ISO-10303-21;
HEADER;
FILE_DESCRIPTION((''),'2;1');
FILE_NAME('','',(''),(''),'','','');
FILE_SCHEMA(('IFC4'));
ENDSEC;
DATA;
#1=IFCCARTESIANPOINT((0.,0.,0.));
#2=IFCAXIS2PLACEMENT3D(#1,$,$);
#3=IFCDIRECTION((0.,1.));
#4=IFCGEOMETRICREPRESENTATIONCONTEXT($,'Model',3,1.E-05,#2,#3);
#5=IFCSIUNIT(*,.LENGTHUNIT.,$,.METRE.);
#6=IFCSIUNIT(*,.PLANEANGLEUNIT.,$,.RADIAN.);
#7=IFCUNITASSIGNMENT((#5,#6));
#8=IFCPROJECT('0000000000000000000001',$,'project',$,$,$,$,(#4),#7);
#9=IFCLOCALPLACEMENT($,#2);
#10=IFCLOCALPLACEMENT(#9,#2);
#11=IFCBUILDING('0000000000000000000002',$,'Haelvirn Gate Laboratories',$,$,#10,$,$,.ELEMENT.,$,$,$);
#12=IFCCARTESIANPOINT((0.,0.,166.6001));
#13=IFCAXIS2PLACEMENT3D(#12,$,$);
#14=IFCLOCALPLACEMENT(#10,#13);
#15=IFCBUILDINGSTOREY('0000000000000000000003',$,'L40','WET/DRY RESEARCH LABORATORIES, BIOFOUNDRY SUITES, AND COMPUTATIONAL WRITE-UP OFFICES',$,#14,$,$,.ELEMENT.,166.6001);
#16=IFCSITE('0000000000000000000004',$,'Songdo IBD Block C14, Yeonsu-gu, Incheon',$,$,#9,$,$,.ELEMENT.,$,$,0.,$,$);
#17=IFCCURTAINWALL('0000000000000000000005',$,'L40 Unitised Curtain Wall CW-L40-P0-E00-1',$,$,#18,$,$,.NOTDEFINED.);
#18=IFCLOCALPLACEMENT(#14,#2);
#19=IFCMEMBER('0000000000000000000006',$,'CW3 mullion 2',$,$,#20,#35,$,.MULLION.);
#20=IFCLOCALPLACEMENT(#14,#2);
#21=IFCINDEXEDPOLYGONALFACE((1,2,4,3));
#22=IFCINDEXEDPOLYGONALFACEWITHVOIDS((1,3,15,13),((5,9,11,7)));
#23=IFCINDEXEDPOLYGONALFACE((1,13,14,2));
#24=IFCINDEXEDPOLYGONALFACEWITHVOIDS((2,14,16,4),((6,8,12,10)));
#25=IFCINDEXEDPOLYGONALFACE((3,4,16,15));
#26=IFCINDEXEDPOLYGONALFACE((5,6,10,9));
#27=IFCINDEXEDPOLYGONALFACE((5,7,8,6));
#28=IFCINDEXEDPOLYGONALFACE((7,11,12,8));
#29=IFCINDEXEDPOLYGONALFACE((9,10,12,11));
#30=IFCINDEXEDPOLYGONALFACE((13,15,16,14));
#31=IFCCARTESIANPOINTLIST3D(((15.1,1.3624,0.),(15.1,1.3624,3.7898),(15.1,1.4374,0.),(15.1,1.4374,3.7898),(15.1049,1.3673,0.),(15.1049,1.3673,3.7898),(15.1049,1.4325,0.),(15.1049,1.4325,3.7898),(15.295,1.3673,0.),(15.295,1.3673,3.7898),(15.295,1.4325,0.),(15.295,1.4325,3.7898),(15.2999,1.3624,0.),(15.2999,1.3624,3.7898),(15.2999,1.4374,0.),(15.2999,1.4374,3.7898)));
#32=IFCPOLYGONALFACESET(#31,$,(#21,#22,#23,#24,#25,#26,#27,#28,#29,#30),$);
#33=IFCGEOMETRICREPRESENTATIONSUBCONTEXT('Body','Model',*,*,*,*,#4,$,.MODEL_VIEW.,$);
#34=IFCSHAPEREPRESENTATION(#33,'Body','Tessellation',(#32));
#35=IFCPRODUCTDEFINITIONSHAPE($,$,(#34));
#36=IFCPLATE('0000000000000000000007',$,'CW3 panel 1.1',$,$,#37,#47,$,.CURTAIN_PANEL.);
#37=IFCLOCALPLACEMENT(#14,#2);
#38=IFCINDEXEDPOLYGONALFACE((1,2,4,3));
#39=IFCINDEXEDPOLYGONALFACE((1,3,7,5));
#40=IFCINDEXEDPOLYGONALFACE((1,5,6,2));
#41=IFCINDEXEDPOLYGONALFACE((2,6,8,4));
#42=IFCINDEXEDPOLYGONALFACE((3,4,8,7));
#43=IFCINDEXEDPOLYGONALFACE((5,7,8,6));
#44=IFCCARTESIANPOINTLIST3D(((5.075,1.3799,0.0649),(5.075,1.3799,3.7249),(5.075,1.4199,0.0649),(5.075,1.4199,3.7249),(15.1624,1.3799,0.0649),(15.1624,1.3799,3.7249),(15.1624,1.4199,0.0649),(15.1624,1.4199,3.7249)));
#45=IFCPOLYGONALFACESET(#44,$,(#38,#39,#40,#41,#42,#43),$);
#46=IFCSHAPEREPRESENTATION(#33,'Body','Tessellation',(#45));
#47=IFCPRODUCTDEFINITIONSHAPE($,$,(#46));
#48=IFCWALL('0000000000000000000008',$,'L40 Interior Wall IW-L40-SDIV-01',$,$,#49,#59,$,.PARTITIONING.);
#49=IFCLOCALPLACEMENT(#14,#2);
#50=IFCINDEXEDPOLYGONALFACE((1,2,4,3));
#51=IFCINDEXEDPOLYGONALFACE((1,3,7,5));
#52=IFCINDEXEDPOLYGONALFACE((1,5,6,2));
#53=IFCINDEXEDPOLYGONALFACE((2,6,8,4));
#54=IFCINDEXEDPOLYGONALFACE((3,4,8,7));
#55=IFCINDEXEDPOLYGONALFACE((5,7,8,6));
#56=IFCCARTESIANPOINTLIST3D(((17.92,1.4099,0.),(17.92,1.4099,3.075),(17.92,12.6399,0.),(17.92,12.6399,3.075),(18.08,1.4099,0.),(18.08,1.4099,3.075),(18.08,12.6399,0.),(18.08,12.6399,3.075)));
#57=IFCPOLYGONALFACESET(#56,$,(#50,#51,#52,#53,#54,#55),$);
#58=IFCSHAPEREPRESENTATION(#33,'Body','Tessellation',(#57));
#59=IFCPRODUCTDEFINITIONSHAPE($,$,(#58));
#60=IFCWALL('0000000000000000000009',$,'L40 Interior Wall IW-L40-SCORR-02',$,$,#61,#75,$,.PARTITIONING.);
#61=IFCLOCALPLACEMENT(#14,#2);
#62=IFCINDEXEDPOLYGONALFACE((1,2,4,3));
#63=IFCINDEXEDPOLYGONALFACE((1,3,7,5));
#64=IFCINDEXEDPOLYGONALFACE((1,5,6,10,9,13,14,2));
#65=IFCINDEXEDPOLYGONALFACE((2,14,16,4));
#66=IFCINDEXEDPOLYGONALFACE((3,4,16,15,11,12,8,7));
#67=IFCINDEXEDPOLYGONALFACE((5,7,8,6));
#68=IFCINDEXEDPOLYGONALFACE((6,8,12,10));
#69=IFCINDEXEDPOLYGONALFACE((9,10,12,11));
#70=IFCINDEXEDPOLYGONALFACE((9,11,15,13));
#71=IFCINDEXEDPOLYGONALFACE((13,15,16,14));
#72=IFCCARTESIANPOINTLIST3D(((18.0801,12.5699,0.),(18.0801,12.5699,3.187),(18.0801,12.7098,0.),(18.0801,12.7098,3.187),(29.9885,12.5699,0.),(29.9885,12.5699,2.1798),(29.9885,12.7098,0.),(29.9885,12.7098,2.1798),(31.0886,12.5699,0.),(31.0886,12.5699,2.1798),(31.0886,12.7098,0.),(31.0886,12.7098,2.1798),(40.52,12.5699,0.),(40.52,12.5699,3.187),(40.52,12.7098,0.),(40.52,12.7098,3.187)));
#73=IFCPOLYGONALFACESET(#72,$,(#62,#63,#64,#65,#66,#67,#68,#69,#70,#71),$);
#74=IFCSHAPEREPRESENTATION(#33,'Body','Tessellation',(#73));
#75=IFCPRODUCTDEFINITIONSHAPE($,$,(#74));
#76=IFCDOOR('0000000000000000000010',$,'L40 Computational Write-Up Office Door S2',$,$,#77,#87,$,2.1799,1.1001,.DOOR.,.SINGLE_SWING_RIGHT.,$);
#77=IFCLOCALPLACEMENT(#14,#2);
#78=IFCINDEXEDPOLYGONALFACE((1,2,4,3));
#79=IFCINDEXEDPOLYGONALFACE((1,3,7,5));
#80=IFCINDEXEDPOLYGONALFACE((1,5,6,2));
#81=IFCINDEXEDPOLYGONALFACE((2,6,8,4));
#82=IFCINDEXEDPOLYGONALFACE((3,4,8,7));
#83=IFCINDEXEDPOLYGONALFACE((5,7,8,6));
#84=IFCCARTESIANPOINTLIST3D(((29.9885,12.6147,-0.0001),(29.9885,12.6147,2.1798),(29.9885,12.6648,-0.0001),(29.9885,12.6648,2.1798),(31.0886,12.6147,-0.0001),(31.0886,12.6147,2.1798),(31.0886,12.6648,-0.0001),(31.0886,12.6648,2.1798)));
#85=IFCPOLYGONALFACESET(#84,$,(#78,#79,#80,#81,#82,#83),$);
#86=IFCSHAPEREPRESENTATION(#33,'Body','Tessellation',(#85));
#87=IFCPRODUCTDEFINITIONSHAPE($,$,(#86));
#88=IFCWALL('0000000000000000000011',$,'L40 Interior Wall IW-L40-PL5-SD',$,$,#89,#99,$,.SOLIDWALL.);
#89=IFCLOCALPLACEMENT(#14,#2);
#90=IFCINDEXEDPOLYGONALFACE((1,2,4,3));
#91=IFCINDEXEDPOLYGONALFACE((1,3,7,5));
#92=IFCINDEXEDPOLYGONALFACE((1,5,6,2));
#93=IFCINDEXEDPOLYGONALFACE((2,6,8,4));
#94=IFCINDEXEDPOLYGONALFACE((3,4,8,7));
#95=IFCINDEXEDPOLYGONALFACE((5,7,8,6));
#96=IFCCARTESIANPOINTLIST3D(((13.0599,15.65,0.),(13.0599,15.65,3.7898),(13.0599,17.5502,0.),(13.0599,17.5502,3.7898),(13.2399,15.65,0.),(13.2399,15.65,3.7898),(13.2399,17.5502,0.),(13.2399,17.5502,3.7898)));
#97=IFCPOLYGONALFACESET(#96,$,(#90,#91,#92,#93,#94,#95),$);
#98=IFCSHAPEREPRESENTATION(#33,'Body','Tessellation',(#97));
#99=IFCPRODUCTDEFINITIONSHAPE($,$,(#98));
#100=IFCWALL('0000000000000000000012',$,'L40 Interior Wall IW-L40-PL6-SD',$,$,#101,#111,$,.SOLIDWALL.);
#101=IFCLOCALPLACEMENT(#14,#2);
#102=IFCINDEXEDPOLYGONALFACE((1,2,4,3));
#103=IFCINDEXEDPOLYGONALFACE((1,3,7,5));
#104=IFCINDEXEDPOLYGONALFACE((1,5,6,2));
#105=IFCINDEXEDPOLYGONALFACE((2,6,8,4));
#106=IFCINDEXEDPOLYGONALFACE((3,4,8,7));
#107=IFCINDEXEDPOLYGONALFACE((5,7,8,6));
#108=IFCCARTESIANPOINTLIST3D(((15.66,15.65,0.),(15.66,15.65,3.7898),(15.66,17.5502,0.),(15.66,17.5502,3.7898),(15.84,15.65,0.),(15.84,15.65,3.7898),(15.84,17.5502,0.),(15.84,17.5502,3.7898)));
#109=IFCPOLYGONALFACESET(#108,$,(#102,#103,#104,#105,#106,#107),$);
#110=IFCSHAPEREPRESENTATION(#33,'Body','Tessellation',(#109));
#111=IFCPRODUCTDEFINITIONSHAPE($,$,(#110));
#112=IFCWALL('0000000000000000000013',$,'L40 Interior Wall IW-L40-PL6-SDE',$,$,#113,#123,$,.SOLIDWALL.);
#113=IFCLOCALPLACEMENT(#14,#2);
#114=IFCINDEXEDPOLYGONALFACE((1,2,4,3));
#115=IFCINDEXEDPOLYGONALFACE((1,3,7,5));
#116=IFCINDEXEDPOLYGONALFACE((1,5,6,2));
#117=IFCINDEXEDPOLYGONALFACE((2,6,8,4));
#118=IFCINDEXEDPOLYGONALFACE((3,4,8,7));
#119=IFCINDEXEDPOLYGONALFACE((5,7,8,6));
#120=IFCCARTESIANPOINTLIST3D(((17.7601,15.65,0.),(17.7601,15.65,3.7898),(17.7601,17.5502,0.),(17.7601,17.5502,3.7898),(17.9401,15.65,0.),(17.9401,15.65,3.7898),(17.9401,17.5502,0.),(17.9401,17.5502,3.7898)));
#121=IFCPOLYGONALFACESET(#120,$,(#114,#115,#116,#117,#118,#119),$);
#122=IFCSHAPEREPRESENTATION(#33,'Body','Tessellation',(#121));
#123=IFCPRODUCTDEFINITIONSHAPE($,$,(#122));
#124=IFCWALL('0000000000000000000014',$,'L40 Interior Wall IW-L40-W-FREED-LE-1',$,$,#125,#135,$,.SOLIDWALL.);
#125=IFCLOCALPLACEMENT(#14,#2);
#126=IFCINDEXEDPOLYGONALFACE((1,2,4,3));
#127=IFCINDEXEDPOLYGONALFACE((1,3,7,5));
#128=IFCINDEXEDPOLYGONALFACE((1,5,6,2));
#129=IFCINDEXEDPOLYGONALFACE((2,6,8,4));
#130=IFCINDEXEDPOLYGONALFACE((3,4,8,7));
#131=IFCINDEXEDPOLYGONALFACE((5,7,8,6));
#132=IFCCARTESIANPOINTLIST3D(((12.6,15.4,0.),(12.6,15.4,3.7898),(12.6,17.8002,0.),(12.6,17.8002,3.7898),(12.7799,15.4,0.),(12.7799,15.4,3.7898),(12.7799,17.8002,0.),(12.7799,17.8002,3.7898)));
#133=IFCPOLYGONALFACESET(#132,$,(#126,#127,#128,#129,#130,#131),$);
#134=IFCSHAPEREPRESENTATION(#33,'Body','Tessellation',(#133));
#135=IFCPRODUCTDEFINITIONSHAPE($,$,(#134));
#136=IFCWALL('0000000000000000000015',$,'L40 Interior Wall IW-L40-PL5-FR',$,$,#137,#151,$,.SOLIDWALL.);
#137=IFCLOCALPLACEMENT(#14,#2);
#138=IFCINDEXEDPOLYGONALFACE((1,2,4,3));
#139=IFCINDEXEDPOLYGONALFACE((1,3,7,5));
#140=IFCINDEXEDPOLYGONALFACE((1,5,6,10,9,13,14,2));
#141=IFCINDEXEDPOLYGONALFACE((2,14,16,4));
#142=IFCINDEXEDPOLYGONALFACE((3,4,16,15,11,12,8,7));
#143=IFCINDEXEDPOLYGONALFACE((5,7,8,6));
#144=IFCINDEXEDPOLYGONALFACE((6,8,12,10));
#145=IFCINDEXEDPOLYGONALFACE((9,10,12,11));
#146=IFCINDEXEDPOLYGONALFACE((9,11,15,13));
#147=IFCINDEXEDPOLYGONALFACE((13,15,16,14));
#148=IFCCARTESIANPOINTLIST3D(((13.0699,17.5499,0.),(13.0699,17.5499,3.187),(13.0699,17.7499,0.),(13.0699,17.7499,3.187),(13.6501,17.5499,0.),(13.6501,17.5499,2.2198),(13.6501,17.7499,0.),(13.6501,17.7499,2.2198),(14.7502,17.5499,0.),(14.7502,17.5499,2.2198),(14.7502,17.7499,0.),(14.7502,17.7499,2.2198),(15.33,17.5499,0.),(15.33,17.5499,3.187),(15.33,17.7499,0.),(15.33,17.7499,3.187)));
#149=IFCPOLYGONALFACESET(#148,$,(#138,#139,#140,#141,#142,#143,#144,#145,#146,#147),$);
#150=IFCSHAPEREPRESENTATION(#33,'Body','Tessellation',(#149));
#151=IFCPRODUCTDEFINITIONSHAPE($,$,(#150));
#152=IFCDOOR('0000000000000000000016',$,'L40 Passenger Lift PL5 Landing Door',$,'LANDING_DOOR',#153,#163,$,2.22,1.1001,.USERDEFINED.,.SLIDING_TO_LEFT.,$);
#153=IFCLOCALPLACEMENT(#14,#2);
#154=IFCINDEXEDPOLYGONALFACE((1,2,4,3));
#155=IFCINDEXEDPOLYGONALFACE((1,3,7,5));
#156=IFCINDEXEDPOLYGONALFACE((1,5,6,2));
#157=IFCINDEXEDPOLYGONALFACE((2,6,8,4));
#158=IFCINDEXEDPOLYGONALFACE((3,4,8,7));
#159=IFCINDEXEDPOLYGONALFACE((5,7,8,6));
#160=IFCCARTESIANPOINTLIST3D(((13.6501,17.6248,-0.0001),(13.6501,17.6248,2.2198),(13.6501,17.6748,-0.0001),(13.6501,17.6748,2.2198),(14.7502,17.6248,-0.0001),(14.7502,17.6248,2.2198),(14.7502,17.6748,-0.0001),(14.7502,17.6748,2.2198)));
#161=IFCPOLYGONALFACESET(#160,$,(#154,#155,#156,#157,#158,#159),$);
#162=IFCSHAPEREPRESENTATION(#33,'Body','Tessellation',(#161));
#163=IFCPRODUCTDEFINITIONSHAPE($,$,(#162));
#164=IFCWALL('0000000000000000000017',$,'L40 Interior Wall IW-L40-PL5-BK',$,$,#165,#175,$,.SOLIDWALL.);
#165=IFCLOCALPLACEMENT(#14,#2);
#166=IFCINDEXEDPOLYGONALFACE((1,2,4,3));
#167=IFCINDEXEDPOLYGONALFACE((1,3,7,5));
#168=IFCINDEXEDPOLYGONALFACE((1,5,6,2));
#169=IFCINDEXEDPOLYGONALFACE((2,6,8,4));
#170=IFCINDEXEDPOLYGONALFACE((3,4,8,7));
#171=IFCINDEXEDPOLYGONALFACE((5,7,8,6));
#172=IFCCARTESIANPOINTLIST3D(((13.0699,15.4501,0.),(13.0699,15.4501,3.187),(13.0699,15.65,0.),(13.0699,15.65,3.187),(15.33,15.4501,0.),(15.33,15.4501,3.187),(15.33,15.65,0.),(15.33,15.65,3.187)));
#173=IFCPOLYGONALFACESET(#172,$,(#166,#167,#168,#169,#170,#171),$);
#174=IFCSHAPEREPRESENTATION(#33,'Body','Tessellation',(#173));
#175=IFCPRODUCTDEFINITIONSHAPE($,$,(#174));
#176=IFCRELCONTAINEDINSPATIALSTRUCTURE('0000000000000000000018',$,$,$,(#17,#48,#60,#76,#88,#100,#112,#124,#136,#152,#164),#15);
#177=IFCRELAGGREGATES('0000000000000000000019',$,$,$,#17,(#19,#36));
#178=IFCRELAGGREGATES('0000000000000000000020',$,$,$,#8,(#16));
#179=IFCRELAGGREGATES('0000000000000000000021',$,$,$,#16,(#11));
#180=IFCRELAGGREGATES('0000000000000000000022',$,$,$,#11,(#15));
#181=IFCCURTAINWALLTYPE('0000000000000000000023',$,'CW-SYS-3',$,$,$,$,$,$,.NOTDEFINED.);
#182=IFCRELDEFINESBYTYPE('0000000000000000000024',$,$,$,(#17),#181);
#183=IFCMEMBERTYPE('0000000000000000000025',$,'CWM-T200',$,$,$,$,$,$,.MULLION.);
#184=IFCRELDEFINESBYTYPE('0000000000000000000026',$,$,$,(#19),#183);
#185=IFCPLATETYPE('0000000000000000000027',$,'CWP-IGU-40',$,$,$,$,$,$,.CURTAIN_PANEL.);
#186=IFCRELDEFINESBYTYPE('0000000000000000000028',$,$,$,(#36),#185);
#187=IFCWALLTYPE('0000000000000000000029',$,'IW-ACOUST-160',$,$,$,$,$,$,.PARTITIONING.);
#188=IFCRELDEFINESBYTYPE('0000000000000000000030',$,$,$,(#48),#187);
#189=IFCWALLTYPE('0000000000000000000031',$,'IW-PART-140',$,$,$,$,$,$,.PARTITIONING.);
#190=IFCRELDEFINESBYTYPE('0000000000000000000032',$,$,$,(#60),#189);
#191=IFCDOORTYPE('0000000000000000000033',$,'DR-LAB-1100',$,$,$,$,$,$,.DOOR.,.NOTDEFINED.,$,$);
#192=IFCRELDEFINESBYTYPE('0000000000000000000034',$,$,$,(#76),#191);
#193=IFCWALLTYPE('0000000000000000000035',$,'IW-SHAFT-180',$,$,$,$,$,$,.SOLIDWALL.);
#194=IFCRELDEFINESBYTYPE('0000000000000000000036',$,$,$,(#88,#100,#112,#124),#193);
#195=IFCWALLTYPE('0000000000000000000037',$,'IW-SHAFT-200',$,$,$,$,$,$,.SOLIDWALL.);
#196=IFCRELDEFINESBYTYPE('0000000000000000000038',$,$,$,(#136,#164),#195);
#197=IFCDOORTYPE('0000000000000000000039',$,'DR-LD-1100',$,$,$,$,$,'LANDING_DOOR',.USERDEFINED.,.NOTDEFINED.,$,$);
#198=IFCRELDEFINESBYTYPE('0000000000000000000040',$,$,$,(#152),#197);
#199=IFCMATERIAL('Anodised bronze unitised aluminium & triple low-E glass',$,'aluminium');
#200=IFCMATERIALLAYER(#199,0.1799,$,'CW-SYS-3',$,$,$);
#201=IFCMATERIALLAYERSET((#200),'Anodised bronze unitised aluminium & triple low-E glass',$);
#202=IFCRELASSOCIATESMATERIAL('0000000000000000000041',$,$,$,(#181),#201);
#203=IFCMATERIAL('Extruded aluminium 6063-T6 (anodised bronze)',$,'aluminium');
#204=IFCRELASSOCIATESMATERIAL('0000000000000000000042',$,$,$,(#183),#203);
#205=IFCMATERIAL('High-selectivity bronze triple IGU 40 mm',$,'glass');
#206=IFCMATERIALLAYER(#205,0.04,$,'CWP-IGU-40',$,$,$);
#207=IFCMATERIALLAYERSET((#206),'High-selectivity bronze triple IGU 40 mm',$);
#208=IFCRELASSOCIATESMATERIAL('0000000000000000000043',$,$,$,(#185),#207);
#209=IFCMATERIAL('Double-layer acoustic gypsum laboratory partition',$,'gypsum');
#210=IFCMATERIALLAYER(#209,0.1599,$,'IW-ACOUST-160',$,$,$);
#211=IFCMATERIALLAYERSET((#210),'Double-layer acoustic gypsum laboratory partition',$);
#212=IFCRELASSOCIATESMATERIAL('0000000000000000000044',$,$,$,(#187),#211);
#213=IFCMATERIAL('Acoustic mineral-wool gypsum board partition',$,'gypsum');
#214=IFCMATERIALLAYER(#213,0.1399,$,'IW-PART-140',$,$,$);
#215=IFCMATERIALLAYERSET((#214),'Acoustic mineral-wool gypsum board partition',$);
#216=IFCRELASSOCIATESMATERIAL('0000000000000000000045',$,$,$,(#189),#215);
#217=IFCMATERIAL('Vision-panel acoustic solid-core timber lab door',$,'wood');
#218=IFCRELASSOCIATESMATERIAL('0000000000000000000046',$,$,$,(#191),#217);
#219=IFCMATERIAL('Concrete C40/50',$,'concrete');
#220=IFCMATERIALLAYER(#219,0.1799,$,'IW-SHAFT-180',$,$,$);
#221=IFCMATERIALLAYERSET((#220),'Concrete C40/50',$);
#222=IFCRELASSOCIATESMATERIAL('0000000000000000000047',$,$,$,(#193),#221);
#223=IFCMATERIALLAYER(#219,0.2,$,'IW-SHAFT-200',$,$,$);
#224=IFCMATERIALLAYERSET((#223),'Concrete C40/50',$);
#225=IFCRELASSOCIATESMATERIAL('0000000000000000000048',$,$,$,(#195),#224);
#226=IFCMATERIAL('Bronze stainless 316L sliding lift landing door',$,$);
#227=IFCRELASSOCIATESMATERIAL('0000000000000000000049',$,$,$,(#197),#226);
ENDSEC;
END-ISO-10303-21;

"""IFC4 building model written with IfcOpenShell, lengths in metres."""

from ifc_helpers import new_model, si_unit, direction, frame, frame_2d, origin, origin_2d, place, context, subcontext, project, spatial, rectangle, hollow_rectangle, extrude, source, transform, mapped, material, layer, layer_set, material_profile, profile_set, type_object, type_shapes, element, fill, aggregate, save


model = new_model("IFC4")

# Units and contexts
model_context = context("Model", 3, precision=1e-05, world=origin(), true_north=direction((0.0, 1.0)))
body_context = subcontext(model_context, "Body", "Model", "MODEL_VIEW")
ifc_project = project(units=[si_unit("LENGTHUNIT", "METRE"), si_unit("PLANEANGLEUNIT", "RADIAN")], contexts=[model_context])

# Site, building, storey
site_placement = place(None, origin())
site = spatial("IfcSite", under=ifc_project, at=site_placement, Name="Songdo IBD Block C14, Yeonsu-gu, Incheon", CompositionType="ELEMENT", RefElevation=0.0)
building_placement = place(site_placement, origin())
building = spatial("IfcBuilding", under=site, at=building_placement, Name="Haelvirn Gate Laboratories", CompositionType="ELEMENT")
storey_placement = place(building_placement, frame((0.0, 0.0, 166.6001)))
storey = spatial("IfcBuildingStorey", under=building, at=storey_placement, Name="L40", Description="WET/DRY RESEARCH LABORATORIES, BIOFOUNDRY SUITES, AND COMPUTATIONAL WRITE-UP OFFICES", CompositionType="ELEMENT", Elevation=166.6001)

# Curtain wall, member, plate
ifc_material_1 = material(Name="Anodised bronze unitised aluminium & triple low-E glass", Category="aluminium")
ifc_layer_1 = layer(ifc_material_1, 0.1799, Name="CW-SYS-3")
ifc_layer_set_1 = layer_set([ifc_layer_1], Name="Anodised bronze unitised aluminium & triple low-E glass")
curtain_wall_type = type_object("IfcCurtainWallType", Name="CW-SYS-3", PredefinedType="NOTDEFINED", material=ifc_layer_set_1)
curtain_wall_placement = place(storey_placement, origin())
curtain_wall = element("IfcCurtainWall", 1, at=curtain_wall_placement, inside=storey, type_object=curtain_wall_type, Name="L40 Unitised Curtain Wall CW-L40-P0-E00-1", PredefinedType="NOTDEFINED")
ifc_material_2 = material(Name="Extruded aluminium 6063-T6 (anodised bronze)", Category="aluminium")
ifc_material_profile_1 = material_profile(ifc_material_2, hollow_rectangle(XDim=0.075, YDim=0.2, WallThickness=0.0049, at=origin_2d()), Name="CWM-200x75x5")
ifc_profile_set_1 = profile_set([ifc_material_profile_1], Name="Extruded aluminium 6063-T6 (anodised bronze)")
member_type_1 = type_object("IfcMemberType", Name="CWM-T200", PredefinedType="MULLION", material=ifc_profile_set_1)
shared_shape_1 = source(origin(), body_context, "Body", "SweptSolid", [
    extrude(hollow_rectangle(XDim=0.075, YDim=0.2, WallThickness=0.0049, at=origin_2d()), origin(), (0.0, 0.0, 1.0), 3.7898),
])
type_shapes(member_type_1, [shared_shape_1])
member_1_placement = place(storey_placement, frame((15.2, 1.3999, 0.0), z_axis=(0.0, 0.0, 1.0), x_axis=(0.0, 1.0, 0.0)))
member_1 = element("IfcMember", 2, at=member_1_placement, type_object=member_type_1, Name="CW3 mullion 2", PredefinedType="MULLION", context=body_context, shape_type="MappedRepresentation", body=[
    mapped(shared_shape_1, transform((0.0, 0.0, 0.0), scale=1.0)),
])
ifc_material_3 = material(Name="High-selectivity bronze triple IGU 40 mm", Category="glass")
ifc_layer_2 = layer(ifc_material_3, 0.04, Name="CWP-IGU-40")
ifc_layer_set_2 = layer_set([ifc_layer_2], Name="High-selectivity bronze triple IGU 40 mm")
plate_type = type_object("IfcPlateType", Name="CWP-IGU-40", PredefinedType="CURTAIN_PANEL", material=ifc_layer_set_2)
shared_shape_2 = source(origin(), body_context, "Body", "SweptSolid", [
    extrude(rectangle(XDim=10.0874, YDim=0.04, at=origin_2d()), origin(), (0.0, 0.0, 1.0), 3.6599),
])
type_shapes(plate_type, [shared_shape_2])
plate_placement = place(storey_placement, frame((10.1187, 1.3999, 0.0649), z_axis=(0.0, 0.0, 1.0), x_axis=(1.0, 0.0, 0.0)))
plate = element("IfcPlate", 3, at=plate_placement, type_object=plate_type, Name="CW3 panel 1.1", PredefinedType="CURTAIN_PANEL", context=body_context, shape_type="MappedRepresentation", body=[
    mapped(shared_shape_2, transform((0.0, 0.0, 0.0), scale=1.0)),
])
aggregate(curtain_wall, [member_1, plate])

# Wall
ifc_material_4 = material(Name="Double-layer acoustic gypsum laboratory partition", Category="gypsum")
ifc_layer_3 = layer(ifc_material_4, 0.1599, Name="IW-ACOUST-160")
ifc_layer_set_3 = layer_set([ifc_layer_3], Name="Double-layer acoustic gypsum laboratory partition")
wall_type_1 = type_object("IfcWallType", Name="IW-ACOUST-160", PredefinedType="PARTITIONING", material=ifc_layer_set_3)
wall_1_placement = place(storey_placement, frame((18.0, 1.4099, 0.0), z_axis=(0.0, 0.0, 1.0), x_axis=(0.0, 1.0, 0.0)))
element("IfcWall", 4, at=wall_1_placement, inside=storey, type_object=wall_type_1, Name="L40 Interior Wall IW-L40-SDIV-01", PredefinedType="PARTITIONING", context=body_context, shape_type="SweptSolid", body=[
    extrude(rectangle(XDim=11.23, YDim=0.1599, at=frame_2d((5.615, 0.0))), origin(), (0.0, 0.0, 1.0), 3.075),
])

# Wall, opening, door
ifc_material_5 = material(Name="Acoustic mineral-wool gypsum board partition", Category="gypsum")
ifc_layer_4 = layer(ifc_material_5, 0.1399, Name="IW-PART-140")
ifc_layer_set_4 = layer_set([ifc_layer_4], Name="Acoustic mineral-wool gypsum board partition")
wall_type_2 = type_object("IfcWallType", Name="IW-PART-140", PredefinedType="PARTITIONING", material=ifc_layer_set_4)
wall_2_placement = place(storey_placement, frame((18.0801, 12.6399, 0.0), z_axis=(0.0, 0.0, 1.0), x_axis=(1.0, 0.0, 0.0)))
wall_2 = element("IfcWall", 5, at=wall_2_placement, inside=storey, type_object=wall_type_2, Name="L40 Interior Wall IW-L40-SCORR-02", PredefinedType="PARTITIONING", context=body_context, shape_type="SweptSolid", body=[
    extrude(rectangle(XDim=22.4399, YDim=0.1399, at=frame_2d((11.22, 0.0))), origin(), (0.0, 0.0, 1.0), 3.187),
])
opening_1_placement = place(wall_2_placement, frame((11.9084, 0.0, 0.0)))
opening_1 = element("IfcOpeningElement", 6, at=opening_1_placement, cuts=wall_2, PredefinedType="OPENING", context=body_context, shape_type="SweptSolid", body=[
    extrude(rectangle(XDim=1.1001, YDim=2.1799, at=frame_2d((0.55, 1.0898))), frame((0.0, 0.0801, 0.0), z_axis=(0.0, -1.0, 0.0), x_axis=(1.0, 0.0, 0.0)), (0.0, 0.0, 1.0), 0.1599),
])
ifc_material_6 = material(Name="Vision-panel acoustic solid-core timber lab door", Category="wood")
door_type_1 = type_object("IfcDoorType", Name="DR-LAB-1100", OperationType="NOTDEFINED", PredefinedType="DOOR", material=ifc_material_6)
shared_shape_3 = source(origin(), body_context, "Body", "SweptSolid", [
    extrude(rectangle(XDim=1.1001, YDim=2.1799, at=frame_2d((0.55, 1.0898))), frame((0.0, 0.0249, 0.0), z_axis=(0.0, -1.0, 0.0), x_axis=(1.0, 0.0, 0.0)), (0.0, 0.0, 1.0), 0.05),
])
type_shapes(door_type_1, [shared_shape_3])
door_1_placement = place(opening_1_placement, origin())
door_1 = element("IfcDoor", 7, at=door_1_placement, inside=storey, type_object=door_type_1, Name="L40 Computational Write-Up Office Door S2", OperationType="SINGLE_SWING_RIGHT", OverallHeight=2.1799, OverallWidth=1.1001, PredefinedType="DOOR", context=body_context, shape_type="MappedRepresentation", body=[
    mapped(shared_shape_3, transform((0.0, 0.0, 0.0), scale=1.0)),
])
fill(opening_1, door_1)

# Walls
ifc_material_7 = material(Name="Concrete C40/50", Category="concrete")
ifc_layer_5 = layer(ifc_material_7, 0.1799, Name="IW-SHAFT-180")
ifc_layer_set_5 = layer_set([ifc_layer_5], Name="Concrete C40/50")
wall_type_3 = type_object("IfcWallType", Name="IW-SHAFT-180", PredefinedType="SOLIDWALL", material=ifc_layer_set_5)
for number, where, z_axis, x_axis, name in (
    (8, (13.1499, 15.6499, 0.0), (0.0, 0.0, 1.0), (0.0, 1.0, 0.0), "L40 Interior Wall IW-L40-PL5-SD"),
    (9, (15.75, 15.6499, 0.0), (0.0, 0.0, 1.0), (0.0, 1.0, 0.0), "L40 Interior Wall IW-L40-PL6-SD"),
    (10, (17.8501, 15.6499, 0.0), (0.0, 0.0, 1.0), (0.0, 1.0, 0.0), "L40 Interior Wall IW-L40-PL6-SDE"),
):
    element("IfcWall", number, at=place(storey_placement, frame(where, z_axis=z_axis, x_axis=x_axis)), inside=storey, type_object=wall_type_3, Name=name, PredefinedType="SOLIDWALL", context=body_context, shape_type="SweptSolid", body=[
        extrude(rectangle(XDim=1.9001, YDim=0.1799, at=frame_2d((0.9502, 0.0))), origin(), (0.0, 0.0, 1.0), 3.7898),
    ])
wall_3_placement = place(storey_placement, frame((12.6899, 15.3999, 0.0), z_axis=(0.0, 0.0, 1.0), x_axis=(0.0, 1.0, 0.0)))
element("IfcWall", 11, at=wall_3_placement, inside=storey, type_object=wall_type_3, Name="L40 Interior Wall IW-L40-W-FREED-LE-1", PredefinedType="SOLIDWALL", context=body_context, shape_type="SweptSolid", body=[
    extrude(rectangle(XDim=2.4001, YDim=0.1799, at=frame_2d((1.2002, 0.0))), origin(), (0.0, 0.0, 1.0), 3.7898),
])

# Wall, opening, door
ifc_layer_6 = layer(ifc_material_7, 0.2, Name="IW-SHAFT-200")
ifc_layer_set_6 = layer_set([ifc_layer_6], Name="Concrete C40/50")
wall_type_4 = type_object("IfcWallType", Name="IW-SHAFT-200", PredefinedType="SOLIDWALL", material=ifc_layer_set_6)
wall_4_placement = place(storey_placement, frame((13.0701, 17.6499, 0.0), z_axis=(0.0, 0.0, 1.0), x_axis=(1.0, 0.0, 0.0)))
wall_4 = element("IfcWall", 12, at=wall_4_placement, inside=storey, type_object=wall_type_4, Name="L40 Interior Wall IW-L40-PL5-FR", PredefinedType="SOLIDWALL", context=body_context, shape_type="SweptSolid", body=[
    extrude(rectangle(XDim=2.26, YDim=0.2, at=frame_2d((1.1299, 0.0))), origin(), (0.0, 0.0, 1.0), 3.187),
])
opening_2_placement = place(wall_4_placement, frame((0.5801, 0.0, 0.0)))
opening_2 = element("IfcOpeningElement", 13, at=opening_2_placement, cuts=wall_4, PredefinedType="OPENING", context=body_context, shape_type="SweptSolid", body=[
    extrude(rectangle(XDim=1.1001, YDim=2.22, at=frame_2d((0.55, 1.1099))), frame((0.0, 0.1099, 0.0), z_axis=(0.0, -1.0, 0.0), x_axis=(1.0, 0.0, 0.0)), (0.0, 0.0, 1.0), 0.22),
])
ifc_material_8 = material(Name="Bronze stainless 316L sliding lift landing door")
door_type_2 = type_object("IfcDoorType", Name="DR-LD-1100", ElementType="LANDING_DOOR", OperationType="NOTDEFINED", PredefinedType="USERDEFINED", material=ifc_material_8)
shared_shape_4 = source(origin(), body_context, "Body", "SweptSolid", [
    extrude(rectangle(XDim=1.1001, YDim=2.22, at=frame_2d((0.55, 1.1099))), frame((0.0, 0.0249, 0.0), z_axis=(0.0, -1.0, 0.0), x_axis=(1.0, 0.0, 0.0)), (0.0, 0.0, 1.0), 0.05),
])
type_shapes(door_type_2, [shared_shape_4])
door_2_placement = place(opening_2_placement, origin())
door_2 = element("IfcDoor", 14, at=door_2_placement, inside=storey, type_object=door_type_2, Name="L40 Passenger Lift PL5 Landing Door", ObjectType="LANDING_DOOR", OperationType="SLIDING_TO_LEFT", OverallHeight=2.22, OverallWidth=1.1001, PredefinedType="USERDEFINED", context=body_context, shape_type="MappedRepresentation", body=[
    mapped(shared_shape_4, transform((0.0, 0.0, 0.0), scale=1.0)),
])
fill(opening_2, door_2)

# Wall
wall_5_placement = place(storey_placement, frame((13.0701, 15.55, 0.0), z_axis=(0.0, 0.0, 1.0), x_axis=(1.0, 0.0, 0.0)))
element("IfcWall", 15, at=wall_5_placement, inside=storey, type_object=wall_type_4, Name="L40 Interior Wall IW-L40-PL5-BK", PredefinedType="SOLIDWALL", context=body_context, shape_type="SweptSolid", body=[
    extrude(rectangle(XDim=2.26, YDim=0.2, at=frame_2d((1.1299, 0.0))), origin(), (0.0, 0.0, 1.0), 3.187),
])

save(model, "model.ifc")
